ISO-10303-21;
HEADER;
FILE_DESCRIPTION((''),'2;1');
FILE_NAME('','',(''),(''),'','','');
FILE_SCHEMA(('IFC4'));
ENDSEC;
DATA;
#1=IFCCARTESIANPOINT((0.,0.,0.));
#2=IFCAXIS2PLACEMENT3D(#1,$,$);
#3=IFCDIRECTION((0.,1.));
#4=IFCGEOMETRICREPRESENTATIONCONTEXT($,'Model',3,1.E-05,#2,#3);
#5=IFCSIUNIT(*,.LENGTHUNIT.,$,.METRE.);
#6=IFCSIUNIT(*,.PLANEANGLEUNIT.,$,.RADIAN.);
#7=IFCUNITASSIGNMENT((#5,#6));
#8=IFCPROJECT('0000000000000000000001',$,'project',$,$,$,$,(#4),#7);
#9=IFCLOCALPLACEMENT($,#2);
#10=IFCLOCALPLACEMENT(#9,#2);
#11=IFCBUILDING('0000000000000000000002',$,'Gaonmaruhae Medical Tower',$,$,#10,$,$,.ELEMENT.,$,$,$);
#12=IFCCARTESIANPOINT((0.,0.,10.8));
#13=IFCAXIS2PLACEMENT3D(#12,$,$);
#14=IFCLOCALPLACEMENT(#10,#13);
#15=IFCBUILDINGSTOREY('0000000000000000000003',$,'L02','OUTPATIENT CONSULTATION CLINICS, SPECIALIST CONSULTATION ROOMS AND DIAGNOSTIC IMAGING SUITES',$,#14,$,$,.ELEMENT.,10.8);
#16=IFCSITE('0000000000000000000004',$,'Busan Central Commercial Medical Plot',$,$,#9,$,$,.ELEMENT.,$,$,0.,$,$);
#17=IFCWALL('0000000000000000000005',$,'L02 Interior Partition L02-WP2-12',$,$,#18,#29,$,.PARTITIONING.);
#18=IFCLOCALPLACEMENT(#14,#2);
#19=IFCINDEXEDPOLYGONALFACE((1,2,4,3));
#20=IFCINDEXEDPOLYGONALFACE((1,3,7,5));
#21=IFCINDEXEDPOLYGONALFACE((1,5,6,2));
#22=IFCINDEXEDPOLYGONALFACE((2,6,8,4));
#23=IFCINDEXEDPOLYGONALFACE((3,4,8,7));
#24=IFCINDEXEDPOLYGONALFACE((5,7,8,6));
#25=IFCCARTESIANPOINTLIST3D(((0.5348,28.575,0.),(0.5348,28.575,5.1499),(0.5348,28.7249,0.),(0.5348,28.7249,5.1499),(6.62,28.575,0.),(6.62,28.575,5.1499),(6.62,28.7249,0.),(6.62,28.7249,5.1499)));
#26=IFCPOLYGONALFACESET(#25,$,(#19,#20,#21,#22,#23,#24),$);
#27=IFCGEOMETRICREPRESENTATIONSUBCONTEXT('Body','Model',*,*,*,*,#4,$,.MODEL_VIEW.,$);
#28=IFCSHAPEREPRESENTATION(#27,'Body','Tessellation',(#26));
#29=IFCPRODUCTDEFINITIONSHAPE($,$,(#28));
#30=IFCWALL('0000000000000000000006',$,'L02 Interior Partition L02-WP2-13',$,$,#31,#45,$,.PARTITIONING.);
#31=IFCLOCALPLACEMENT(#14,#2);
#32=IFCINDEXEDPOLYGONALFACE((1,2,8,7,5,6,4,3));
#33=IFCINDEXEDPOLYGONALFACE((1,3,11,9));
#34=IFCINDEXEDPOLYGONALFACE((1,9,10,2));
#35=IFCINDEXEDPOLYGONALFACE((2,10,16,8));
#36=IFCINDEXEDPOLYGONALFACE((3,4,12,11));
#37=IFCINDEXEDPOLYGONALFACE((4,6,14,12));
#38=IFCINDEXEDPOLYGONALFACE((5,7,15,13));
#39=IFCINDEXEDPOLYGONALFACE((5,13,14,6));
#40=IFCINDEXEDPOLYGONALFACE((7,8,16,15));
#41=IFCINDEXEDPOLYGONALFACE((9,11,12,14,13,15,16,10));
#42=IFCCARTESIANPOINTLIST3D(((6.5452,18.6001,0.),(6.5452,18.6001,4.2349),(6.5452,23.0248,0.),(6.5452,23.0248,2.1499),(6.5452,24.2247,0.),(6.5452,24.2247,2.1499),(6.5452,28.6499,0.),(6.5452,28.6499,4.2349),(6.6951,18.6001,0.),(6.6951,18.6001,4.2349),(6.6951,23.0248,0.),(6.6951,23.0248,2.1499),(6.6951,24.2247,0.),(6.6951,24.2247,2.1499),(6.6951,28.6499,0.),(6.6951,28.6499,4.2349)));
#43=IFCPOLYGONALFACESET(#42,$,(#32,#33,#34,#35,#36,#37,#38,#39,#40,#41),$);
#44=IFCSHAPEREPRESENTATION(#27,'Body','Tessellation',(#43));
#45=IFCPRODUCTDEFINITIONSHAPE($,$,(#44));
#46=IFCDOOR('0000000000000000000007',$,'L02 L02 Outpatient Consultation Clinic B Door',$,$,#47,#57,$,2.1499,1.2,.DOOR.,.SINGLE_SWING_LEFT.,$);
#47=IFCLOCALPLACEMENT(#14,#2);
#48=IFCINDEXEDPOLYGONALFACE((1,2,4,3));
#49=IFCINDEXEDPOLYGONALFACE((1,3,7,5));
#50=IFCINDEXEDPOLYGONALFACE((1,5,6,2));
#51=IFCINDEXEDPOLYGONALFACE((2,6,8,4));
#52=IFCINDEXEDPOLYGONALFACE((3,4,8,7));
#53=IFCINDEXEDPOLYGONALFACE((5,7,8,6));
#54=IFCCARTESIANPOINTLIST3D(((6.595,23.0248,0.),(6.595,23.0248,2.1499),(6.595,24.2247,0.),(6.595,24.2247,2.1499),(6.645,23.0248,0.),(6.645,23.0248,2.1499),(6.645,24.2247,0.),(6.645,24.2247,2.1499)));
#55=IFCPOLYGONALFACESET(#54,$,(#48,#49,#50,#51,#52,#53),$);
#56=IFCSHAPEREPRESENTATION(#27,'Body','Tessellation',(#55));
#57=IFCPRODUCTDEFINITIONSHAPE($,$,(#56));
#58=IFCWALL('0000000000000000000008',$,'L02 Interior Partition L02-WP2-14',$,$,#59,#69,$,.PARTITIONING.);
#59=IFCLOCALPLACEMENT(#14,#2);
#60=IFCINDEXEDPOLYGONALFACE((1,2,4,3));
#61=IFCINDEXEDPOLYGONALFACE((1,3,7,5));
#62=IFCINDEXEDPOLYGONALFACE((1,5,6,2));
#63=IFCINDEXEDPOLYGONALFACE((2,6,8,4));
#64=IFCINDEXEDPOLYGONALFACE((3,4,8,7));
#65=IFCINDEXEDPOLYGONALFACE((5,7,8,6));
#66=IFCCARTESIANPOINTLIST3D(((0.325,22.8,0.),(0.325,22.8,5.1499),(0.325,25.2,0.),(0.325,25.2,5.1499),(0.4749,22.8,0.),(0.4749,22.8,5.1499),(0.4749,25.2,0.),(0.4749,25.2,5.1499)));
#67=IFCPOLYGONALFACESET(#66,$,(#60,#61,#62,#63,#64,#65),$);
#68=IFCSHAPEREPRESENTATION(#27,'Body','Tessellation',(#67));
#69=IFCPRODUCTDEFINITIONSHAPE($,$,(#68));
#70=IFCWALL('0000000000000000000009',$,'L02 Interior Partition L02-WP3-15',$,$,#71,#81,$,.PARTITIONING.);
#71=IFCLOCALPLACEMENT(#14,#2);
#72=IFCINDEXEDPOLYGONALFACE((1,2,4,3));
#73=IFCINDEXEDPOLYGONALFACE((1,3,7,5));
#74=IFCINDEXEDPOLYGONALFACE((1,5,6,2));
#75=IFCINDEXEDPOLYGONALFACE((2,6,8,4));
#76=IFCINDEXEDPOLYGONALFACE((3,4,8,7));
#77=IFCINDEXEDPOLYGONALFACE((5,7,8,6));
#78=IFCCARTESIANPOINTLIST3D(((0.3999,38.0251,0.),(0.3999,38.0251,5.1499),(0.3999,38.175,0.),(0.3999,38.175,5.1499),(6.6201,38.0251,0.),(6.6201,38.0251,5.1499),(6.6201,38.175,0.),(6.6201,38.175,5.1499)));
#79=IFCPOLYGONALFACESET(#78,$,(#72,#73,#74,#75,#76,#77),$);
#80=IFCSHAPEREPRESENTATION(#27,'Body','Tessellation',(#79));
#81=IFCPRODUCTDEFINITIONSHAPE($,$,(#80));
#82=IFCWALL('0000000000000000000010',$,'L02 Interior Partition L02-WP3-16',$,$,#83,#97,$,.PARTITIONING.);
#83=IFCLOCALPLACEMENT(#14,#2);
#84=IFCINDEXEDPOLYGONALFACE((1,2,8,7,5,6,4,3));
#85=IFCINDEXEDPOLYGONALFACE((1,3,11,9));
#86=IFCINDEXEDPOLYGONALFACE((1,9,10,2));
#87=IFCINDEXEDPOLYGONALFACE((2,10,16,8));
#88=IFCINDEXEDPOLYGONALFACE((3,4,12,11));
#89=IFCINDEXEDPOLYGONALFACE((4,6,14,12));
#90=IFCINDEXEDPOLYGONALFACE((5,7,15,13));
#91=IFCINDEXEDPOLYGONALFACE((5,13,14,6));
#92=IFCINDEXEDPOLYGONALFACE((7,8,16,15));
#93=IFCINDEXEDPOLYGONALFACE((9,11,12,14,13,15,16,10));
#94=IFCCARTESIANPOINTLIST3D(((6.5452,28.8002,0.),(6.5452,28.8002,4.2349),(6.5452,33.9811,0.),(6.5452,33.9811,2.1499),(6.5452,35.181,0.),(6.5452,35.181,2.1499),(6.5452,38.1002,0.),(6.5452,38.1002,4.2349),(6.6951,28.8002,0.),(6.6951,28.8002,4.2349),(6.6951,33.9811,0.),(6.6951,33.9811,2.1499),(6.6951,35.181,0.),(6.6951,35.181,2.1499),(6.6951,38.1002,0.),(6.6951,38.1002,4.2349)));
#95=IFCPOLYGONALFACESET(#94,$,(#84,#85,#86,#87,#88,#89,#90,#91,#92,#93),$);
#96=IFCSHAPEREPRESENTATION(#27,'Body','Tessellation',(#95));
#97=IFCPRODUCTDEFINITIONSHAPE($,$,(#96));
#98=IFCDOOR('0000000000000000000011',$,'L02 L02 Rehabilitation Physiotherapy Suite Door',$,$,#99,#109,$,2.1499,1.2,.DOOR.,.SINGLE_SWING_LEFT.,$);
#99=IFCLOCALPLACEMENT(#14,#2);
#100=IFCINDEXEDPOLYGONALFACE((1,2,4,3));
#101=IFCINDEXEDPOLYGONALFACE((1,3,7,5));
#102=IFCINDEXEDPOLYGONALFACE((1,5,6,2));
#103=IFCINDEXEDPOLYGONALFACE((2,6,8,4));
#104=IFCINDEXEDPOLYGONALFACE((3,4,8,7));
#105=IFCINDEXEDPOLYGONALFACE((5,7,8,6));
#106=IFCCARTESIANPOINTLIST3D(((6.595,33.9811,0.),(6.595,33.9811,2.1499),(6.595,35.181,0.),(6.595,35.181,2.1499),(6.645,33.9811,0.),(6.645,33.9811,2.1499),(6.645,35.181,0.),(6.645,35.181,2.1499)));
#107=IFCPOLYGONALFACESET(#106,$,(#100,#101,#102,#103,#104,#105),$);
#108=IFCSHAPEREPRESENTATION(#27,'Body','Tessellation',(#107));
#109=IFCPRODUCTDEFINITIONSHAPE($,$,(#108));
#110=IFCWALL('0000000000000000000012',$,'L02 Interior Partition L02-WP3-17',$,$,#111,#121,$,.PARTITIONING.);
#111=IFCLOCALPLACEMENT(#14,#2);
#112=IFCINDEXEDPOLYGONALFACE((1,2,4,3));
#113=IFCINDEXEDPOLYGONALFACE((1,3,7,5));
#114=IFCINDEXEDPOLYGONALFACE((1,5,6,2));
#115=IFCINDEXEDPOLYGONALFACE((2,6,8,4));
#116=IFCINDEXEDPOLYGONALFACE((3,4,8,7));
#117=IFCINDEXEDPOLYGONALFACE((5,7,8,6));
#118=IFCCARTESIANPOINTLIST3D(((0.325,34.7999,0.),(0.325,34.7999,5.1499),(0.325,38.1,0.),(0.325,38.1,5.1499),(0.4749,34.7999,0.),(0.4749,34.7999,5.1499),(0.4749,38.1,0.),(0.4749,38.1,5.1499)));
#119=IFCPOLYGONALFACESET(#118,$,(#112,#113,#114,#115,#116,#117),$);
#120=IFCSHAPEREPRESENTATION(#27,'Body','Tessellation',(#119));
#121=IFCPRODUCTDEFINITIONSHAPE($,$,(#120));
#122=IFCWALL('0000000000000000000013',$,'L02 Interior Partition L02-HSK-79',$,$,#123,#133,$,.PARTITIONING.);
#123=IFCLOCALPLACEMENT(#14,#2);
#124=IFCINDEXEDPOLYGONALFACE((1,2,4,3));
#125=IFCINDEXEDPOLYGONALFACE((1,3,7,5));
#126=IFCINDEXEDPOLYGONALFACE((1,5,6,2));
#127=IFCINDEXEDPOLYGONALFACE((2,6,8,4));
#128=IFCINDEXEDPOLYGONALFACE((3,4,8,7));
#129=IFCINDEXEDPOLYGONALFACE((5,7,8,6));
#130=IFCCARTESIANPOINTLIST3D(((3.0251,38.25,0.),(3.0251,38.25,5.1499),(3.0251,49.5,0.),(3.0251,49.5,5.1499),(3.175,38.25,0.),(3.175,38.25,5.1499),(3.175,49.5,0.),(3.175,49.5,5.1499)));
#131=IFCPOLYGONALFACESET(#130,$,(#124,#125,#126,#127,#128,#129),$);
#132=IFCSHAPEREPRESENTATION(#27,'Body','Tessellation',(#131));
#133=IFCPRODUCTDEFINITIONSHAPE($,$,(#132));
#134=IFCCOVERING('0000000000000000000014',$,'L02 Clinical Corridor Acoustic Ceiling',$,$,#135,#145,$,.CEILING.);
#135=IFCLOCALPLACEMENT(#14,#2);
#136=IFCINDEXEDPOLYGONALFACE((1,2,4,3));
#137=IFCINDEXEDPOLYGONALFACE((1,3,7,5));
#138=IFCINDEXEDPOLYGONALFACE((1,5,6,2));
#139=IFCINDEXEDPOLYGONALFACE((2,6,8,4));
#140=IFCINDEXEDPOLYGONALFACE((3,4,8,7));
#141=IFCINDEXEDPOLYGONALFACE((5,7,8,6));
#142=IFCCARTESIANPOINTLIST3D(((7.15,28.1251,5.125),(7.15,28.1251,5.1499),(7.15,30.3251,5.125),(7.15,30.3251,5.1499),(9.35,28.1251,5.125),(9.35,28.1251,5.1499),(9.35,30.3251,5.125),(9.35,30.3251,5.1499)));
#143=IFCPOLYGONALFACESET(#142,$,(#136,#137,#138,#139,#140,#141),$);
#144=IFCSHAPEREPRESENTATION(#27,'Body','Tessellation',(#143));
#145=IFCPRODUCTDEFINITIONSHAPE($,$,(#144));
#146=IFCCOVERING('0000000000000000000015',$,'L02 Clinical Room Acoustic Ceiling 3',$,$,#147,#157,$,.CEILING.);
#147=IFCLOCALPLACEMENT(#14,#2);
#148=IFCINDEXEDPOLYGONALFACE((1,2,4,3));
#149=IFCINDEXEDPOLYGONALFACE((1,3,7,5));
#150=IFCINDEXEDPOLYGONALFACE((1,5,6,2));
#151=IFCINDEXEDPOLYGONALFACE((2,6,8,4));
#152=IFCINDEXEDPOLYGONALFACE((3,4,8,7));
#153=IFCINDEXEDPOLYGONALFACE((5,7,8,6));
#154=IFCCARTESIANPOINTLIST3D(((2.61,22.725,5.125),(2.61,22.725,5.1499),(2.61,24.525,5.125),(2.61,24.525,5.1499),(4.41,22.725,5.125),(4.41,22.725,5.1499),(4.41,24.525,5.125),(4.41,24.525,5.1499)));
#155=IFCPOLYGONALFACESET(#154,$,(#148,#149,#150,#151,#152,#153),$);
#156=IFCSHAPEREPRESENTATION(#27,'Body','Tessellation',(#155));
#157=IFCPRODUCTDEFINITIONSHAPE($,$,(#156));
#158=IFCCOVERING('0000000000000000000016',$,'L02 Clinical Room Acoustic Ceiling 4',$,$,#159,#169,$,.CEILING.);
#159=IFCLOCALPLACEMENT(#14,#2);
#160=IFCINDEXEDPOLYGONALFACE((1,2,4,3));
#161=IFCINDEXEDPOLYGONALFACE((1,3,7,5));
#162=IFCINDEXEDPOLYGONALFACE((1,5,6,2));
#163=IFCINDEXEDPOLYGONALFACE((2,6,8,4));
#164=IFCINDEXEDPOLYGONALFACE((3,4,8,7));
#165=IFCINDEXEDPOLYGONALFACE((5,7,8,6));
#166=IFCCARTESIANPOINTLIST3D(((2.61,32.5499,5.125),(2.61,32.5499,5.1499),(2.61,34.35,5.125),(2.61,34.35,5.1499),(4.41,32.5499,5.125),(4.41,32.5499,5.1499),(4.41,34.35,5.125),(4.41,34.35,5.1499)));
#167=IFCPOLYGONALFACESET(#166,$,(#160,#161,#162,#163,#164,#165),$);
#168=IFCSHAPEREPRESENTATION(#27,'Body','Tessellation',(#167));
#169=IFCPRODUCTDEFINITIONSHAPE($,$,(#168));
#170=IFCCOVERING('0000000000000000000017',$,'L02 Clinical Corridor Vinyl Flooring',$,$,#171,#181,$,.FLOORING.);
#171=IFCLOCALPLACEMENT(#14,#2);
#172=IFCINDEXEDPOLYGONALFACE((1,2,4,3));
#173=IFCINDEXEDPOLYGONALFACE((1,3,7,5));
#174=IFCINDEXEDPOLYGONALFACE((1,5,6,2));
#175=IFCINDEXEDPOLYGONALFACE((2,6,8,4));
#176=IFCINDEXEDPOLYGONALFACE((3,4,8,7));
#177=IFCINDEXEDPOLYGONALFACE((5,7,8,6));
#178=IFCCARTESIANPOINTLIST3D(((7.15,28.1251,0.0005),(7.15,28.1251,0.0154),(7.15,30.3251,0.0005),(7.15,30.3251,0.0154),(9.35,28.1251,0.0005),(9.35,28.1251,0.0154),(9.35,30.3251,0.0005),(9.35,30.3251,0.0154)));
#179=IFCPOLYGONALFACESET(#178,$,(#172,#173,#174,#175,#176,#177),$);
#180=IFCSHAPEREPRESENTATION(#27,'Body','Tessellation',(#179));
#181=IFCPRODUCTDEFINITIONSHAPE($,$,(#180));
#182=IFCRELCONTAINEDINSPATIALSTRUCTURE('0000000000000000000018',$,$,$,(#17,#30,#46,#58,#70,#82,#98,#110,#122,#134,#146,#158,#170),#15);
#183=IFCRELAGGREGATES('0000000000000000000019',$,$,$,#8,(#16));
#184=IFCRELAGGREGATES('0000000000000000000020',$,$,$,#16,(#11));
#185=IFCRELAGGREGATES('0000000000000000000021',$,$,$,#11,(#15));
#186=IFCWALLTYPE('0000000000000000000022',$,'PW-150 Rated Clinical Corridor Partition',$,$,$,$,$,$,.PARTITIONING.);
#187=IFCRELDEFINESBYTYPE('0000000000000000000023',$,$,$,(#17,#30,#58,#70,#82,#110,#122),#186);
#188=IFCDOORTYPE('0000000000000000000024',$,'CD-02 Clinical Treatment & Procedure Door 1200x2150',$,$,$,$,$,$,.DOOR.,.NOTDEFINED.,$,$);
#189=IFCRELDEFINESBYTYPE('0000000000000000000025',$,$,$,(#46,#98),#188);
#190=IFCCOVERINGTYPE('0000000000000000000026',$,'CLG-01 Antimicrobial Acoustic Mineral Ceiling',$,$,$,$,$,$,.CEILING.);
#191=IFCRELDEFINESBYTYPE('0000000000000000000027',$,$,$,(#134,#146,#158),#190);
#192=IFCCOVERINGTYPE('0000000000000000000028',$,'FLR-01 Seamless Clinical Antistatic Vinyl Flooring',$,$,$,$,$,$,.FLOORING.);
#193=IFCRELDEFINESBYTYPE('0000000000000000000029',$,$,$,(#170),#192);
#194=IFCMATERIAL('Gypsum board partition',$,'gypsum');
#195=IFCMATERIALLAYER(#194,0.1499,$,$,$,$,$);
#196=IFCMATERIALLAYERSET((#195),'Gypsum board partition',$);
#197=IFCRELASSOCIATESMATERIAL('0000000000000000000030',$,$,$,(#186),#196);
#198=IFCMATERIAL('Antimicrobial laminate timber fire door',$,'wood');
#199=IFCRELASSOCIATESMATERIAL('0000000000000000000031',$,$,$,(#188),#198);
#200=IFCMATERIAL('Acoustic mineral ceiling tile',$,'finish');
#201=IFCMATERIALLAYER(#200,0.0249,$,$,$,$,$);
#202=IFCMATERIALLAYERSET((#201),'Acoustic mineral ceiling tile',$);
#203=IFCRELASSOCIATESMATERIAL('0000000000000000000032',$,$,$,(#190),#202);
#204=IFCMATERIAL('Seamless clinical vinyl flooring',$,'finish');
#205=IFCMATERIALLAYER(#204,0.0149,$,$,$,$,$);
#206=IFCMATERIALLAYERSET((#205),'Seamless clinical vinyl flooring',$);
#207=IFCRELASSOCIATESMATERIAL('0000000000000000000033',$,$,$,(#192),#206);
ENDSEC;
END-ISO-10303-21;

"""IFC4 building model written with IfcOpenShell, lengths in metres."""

from ifc_helpers import new_model, si_unit, direction, frame, frame_2d, origin, origin_2d, place, context, subcontext, project, spatial, rectangle, extrude, material, layer, layer_set, type_object, element, fill, save


model = new_model("IFC4")

# Units and contexts
model_context = context("Model", 3, precision=1e-05, world=origin(), true_north=direction((0.0, 1.0)))
body_context = subcontext(model_context, "Body", "Model", "MODEL_VIEW")
ifc_project = project(units=[si_unit("LENGTHUNIT", "METRE"), si_unit("PLANEANGLEUNIT", "RADIAN")], contexts=[model_context])

# Site, building, storey
site_placement = place(None, origin())
site = spatial("IfcSite", under=ifc_project, at=site_placement, Name="Busan Central Commercial Medical Plot", CompositionType="ELEMENT", RefElevation=0.0)
building_placement = place(site_placement, origin())
building = spatial("IfcBuilding", under=site, at=building_placement, Name="Gaonmaruhae Medical Tower", CompositionType="ELEMENT")
storey_placement = place(building_placement, frame((0.0, 0.0, 10.8)))
storey = spatial("IfcBuildingStorey", under=building, at=storey_placement, Name="L02", Description="OUTPATIENT CONSULTATION CLINICS, SPECIALIST CONSULTATION ROOMS AND DIAGNOSTIC IMAGING SUITES", CompositionType="ELEMENT", Elevation=10.8)

# Shared definitions
ifc_material_1 = material(Name="Gypsum board partition", Category="gypsum")
ifc_layer_1 = layer(ifc_material_1, 0.1499)
ifc_layer_set_1 = layer_set([ifc_layer_1], Name="Gypsum board partition")
wall_type_1 = type_object("IfcWallType", Name="PW-150 Rated Clinical Corridor Partition", PredefinedType="PARTITIONING", material=ifc_layer_set_1)

# Shared definitions
ifc_material_2 = material(Name="Antimicrobial laminate timber fire door", Category="wood")
door_type = type_object("IfcDoorType", Name="CD-02 Clinical Treatment & Procedure Door 1200x2150", OperationType="NOTDEFINED", PredefinedType="DOOR", material=ifc_material_2)

# Wall
wall_1_placement = place(storey_placement, frame((0.5349, 28.6499, 0.0), z_axis=(0.0, 0.0, 1.0), x_axis=(1.0, 0.0, 0.0)))
element("IfcWall", 1, at=wall_1_placement, inside=storey, type_object=wall_type_1, Name="L02 Interior Partition L02-WP2-12", PredefinedType="PARTITIONING", context=body_context, shape_type="SweptSolid", body=[
    extrude(rectangle(XDim=6.0852, YDim=0.1499, at=frame_2d((3.0425, 0.0))), origin(), (0.0, 0.0, 1.0), 5.1499),
])

# Wall, opening, door
wall_2_placement = place(storey_placement, frame((6.6201, 28.6499, 0.0), z_axis=(0.0, 0.0, 1.0), x_axis=(0.0, -1.0, 0.0)))
wall_2 = element("IfcWall", 2, at=wall_2_placement, inside=storey, type_object=wall_type_1, Name="L02 Interior Partition L02-WP2-13", PredefinedType="PARTITIONING", context=body_context, shape_type="SweptSolid", body=[
    extrude(rectangle(XDim=10.0498, YDim=0.1499, at=frame_2d((5.0249, 0.0))), origin(), (0.0, 0.0, 1.0), 4.2349),
])
opening_1_placement = place(wall_2_placement, frame((4.425, 0.0, 0.0)))
opening_1 = element("IfcOpeningElement", 3, at=opening_1_placement, cuts=wall_2, PredefinedType="OPENING", context=body_context, shape_type="SweptSolid", body=[
    extrude(rectangle(XDim=1.2, YDim=2.1499, at=frame_2d((0.6001, 1.075))), frame((0.0, 0.085, 0.0), z_axis=(0.0, -1.0, 0.0), x_axis=(1.0, 0.0, 0.0)), (0.0, 0.0, 1.0), 0.1699),
])
door_1_placement = place(opening_1_placement, origin())
door_1 = element("IfcDoor", 4, at=door_1_placement, inside=storey, type_object=door_type, Name="L02 L02 Outpatient Consultation Clinic B Door", OperationType="SINGLE_SWING_LEFT", OverallHeight=2.1499, OverallWidth=1.2, PredefinedType="DOOR", context=body_context, shape_type="SweptSolid", body=[
    extrude(rectangle(XDim=1.2, YDim=2.1499, at=frame_2d((0.6001, 1.075))), frame((0.0, 0.0249, 0.0), z_axis=(0.0, -1.0, 0.0), x_axis=(1.0, 0.0, 0.0)), (0.0, 0.0, 1.0), 0.05),
])
fill(opening_1, door_1)

# Walls
wall_3_placement = place(storey_placement, frame((0.3999, 22.8, 0.0), z_axis=(0.0, 0.0, 1.0), x_axis=(0.0, 1.0, 0.0)))
element("IfcWall", 5, at=wall_3_placement, inside=storey, type_object=wall_type_1, Name="L02 Interior Partition L02-WP2-14", PredefinedType="PARTITIONING", context=body_context, shape_type="SweptSolid", body=[
    extrude(rectangle(XDim=2.3999, YDim=0.1499, at=frame_2d((1.2, 0.0))), origin(), (0.0, 0.0, 1.0), 5.1499),
])
wall_4_placement = place(storey_placement, frame((0.3999, 38.1001, 0.0), z_axis=(0.0, 0.0, 1.0), x_axis=(1.0, 0.0, 0.0)))
element("IfcWall", 6, at=wall_4_placement, inside=storey, type_object=wall_type_1, Name="L02 Interior Partition L02-WP3-15", PredefinedType="PARTITIONING", context=body_context, shape_type="SweptSolid", body=[
    extrude(rectangle(XDim=6.2202, YDim=0.1499, at=frame_2d((3.1101, 0.0))), origin(), (0.0, 0.0, 1.0), 5.1499),
])

# Wall, opening, door
wall_5_placement = place(storey_placement, frame((6.6201, 38.1001, 0.0), z_axis=(0.0, 0.0, 1.0), x_axis=(0.0, -1.0, 0.0)))
wall_5 = element("IfcWall", 7, at=wall_5_placement, inside=storey, type_object=wall_type_1, Name="L02 Interior Partition L02-WP3-16", PredefinedType="PARTITIONING", context=body_context, shape_type="SweptSolid", body=[
    extrude(rectangle(XDim=9.3, YDim=0.1499, at=frame_2d((4.6499, 0.0))), origin(), (0.0, 0.0, 1.0), 4.2349),
])
opening_2_placement = place(wall_5_placement, frame((2.9189, 0.0, 0.0)))
opening_2 = element("IfcOpeningElement", 8, at=opening_2_placement, cuts=wall_5, PredefinedType="OPENING", context=body_context, shape_type="SweptSolid", body=[
    extrude(rectangle(XDim=1.2, YDim=2.1499, at=frame_2d((0.6001, 1.075))), frame((0.0, 0.085, 0.0), z_axis=(0.0, -1.0, 0.0), x_axis=(1.0, 0.0, 0.0)), (0.0, 0.0, 1.0), 0.1699),
])
door_2_placement = place(opening_2_placement, origin())
door_2 = element("IfcDoor", 9, at=door_2_placement, inside=storey, type_object=door_type, Name="L02 L02 Rehabilitation Physiotherapy Suite Door", OperationType="SINGLE_SWING_LEFT", OverallHeight=2.1499, OverallWidth=1.2, PredefinedType="DOOR", context=body_context, shape_type="SweptSolid", body=[
    extrude(rectangle(XDim=1.2, YDim=2.1499, at=frame_2d((0.6001, 1.075))), frame((0.0, 0.0249, 0.0), z_axis=(0.0, -1.0, 0.0), x_axis=(1.0, 0.0, 0.0)), (0.0, 0.0, 1.0), 0.05),
])
fill(opening_2, door_2)

# Walls
wall_6_placement = place(storey_placement, frame((0.3999, 34.8, 0.0), z_axis=(0.0, 0.0, 1.0), x_axis=(0.0, 1.0, 0.0)))
element("IfcWall", 10, at=wall_6_placement, inside=storey, type_object=wall_type_1, Name="L02 Interior Partition L02-WP3-17", PredefinedType="PARTITIONING", context=body_context, shape_type="SweptSolid", body=[
    extrude(rectangle(XDim=3.3, YDim=0.1499, at=frame_2d((1.6499, 0.0))), origin(), (0.0, 0.0, 1.0), 5.1499),
])
wall_7_placement = place(storey_placement, frame((3.1001, 38.25, 0.0), z_axis=(0.0, 0.0, 1.0), x_axis=(0.0, 1.0, 0.0)))
element("IfcWall", 11, at=wall_7_placement, inside=storey, type_object=wall_type_1, Name="L02 Interior Partition L02-HSK-79", PredefinedType="PARTITIONING", context=body_context, shape_type="SweptSolid", body=[
    extrude(rectangle(XDim=11.25, YDim=0.1499, at=frame_2d((5.625, 0.0))), origin(), (0.0, 0.0, 1.0), 5.1499),
])

# Coverings
ifc_material_3 = material(Name="Acoustic mineral ceiling tile", Category="finish")
ifc_layer_2 = layer(ifc_material_3, 0.0249)
ifc_layer_set_2 = layer_set([ifc_layer_2], Name="Acoustic mineral ceiling tile")
covering_type_1 = type_object("IfcCoveringType", Name="CLG-01 Antimicrobial Acoustic Mineral Ceiling", PredefinedType="CEILING", material=ifc_layer_set_2)
covering_1_placement = place(storey_placement, frame((8.25, 29.2251, 5.125), z_axis=(0.0, 0.0, 1.0), x_axis=(1.0, 0.0, 0.0)))
element("IfcCovering", 12, at=covering_1_placement, inside=storey, type_object=covering_type_1, Name="L02 Clinical Corridor Acoustic Ceiling", PredefinedType="CEILING", context=body_context, shape_type="SweptSolid", body=[
    extrude(rectangle(XDim=2.2, YDim=2.2, at=origin_2d()), origin(), (0.0, 0.0, 1.0), 0.0249),
])
for number, where, z_axis, x_axis, name in (
    (13, (3.51, 23.625, 5.125), (0.0, 0.0, 1.0), (1.0, 0.0, 0.0), "L02 Clinical Room Acoustic Ceiling 3"),
    (14, (3.51, 33.45, 5.125), (0.0, 0.0, 1.0), (1.0, 0.0, 0.0), "L02 Clinical Room Acoustic Ceiling 4"),
):
    element("IfcCovering", number, at=place(storey_placement, frame(where, z_axis=z_axis, x_axis=x_axis)), inside=storey, type_object=covering_type_1, Name=name, PredefinedType="CEILING", context=body_context, shape_type="SweptSolid", body=[
        extrude(rectangle(XDim=1.8, YDim=1.8, at=origin_2d()), origin(), (0.0, 0.0, 1.0), 0.0249),
    ])
ifc_material_4 = material(Name="Seamless clinical vinyl flooring", Category="finish")
ifc_layer_3 = layer(ifc_material_4, 0.0149)
ifc_layer_set_3 = layer_set([ifc_layer_3], Name="Seamless clinical vinyl flooring")
covering_type_2 = type_object("IfcCoveringType", Name="FLR-01 Seamless Clinical Antistatic Vinyl Flooring", PredefinedType="FLOORING", material=ifc_layer_set_3)
covering_2_placement = place(storey_placement, frame((8.25, 29.2251, 0.0005), z_axis=(0.0, 0.0, 1.0), x_axis=(1.0, 0.0, 0.0)))
element("IfcCovering", 15, at=covering_2_placement, inside=storey, type_object=covering_type_2, Name="L02 Clinical Corridor Vinyl Flooring", PredefinedType="FLOORING", context=body_context, shape_type="SweptSolid", body=[
    extrude(rectangle(XDim=2.2, YDim=2.2, at=origin_2d()), origin(), (0.0, 0.0, 1.0), 0.0149),
])

save(model, "model.ifc")
